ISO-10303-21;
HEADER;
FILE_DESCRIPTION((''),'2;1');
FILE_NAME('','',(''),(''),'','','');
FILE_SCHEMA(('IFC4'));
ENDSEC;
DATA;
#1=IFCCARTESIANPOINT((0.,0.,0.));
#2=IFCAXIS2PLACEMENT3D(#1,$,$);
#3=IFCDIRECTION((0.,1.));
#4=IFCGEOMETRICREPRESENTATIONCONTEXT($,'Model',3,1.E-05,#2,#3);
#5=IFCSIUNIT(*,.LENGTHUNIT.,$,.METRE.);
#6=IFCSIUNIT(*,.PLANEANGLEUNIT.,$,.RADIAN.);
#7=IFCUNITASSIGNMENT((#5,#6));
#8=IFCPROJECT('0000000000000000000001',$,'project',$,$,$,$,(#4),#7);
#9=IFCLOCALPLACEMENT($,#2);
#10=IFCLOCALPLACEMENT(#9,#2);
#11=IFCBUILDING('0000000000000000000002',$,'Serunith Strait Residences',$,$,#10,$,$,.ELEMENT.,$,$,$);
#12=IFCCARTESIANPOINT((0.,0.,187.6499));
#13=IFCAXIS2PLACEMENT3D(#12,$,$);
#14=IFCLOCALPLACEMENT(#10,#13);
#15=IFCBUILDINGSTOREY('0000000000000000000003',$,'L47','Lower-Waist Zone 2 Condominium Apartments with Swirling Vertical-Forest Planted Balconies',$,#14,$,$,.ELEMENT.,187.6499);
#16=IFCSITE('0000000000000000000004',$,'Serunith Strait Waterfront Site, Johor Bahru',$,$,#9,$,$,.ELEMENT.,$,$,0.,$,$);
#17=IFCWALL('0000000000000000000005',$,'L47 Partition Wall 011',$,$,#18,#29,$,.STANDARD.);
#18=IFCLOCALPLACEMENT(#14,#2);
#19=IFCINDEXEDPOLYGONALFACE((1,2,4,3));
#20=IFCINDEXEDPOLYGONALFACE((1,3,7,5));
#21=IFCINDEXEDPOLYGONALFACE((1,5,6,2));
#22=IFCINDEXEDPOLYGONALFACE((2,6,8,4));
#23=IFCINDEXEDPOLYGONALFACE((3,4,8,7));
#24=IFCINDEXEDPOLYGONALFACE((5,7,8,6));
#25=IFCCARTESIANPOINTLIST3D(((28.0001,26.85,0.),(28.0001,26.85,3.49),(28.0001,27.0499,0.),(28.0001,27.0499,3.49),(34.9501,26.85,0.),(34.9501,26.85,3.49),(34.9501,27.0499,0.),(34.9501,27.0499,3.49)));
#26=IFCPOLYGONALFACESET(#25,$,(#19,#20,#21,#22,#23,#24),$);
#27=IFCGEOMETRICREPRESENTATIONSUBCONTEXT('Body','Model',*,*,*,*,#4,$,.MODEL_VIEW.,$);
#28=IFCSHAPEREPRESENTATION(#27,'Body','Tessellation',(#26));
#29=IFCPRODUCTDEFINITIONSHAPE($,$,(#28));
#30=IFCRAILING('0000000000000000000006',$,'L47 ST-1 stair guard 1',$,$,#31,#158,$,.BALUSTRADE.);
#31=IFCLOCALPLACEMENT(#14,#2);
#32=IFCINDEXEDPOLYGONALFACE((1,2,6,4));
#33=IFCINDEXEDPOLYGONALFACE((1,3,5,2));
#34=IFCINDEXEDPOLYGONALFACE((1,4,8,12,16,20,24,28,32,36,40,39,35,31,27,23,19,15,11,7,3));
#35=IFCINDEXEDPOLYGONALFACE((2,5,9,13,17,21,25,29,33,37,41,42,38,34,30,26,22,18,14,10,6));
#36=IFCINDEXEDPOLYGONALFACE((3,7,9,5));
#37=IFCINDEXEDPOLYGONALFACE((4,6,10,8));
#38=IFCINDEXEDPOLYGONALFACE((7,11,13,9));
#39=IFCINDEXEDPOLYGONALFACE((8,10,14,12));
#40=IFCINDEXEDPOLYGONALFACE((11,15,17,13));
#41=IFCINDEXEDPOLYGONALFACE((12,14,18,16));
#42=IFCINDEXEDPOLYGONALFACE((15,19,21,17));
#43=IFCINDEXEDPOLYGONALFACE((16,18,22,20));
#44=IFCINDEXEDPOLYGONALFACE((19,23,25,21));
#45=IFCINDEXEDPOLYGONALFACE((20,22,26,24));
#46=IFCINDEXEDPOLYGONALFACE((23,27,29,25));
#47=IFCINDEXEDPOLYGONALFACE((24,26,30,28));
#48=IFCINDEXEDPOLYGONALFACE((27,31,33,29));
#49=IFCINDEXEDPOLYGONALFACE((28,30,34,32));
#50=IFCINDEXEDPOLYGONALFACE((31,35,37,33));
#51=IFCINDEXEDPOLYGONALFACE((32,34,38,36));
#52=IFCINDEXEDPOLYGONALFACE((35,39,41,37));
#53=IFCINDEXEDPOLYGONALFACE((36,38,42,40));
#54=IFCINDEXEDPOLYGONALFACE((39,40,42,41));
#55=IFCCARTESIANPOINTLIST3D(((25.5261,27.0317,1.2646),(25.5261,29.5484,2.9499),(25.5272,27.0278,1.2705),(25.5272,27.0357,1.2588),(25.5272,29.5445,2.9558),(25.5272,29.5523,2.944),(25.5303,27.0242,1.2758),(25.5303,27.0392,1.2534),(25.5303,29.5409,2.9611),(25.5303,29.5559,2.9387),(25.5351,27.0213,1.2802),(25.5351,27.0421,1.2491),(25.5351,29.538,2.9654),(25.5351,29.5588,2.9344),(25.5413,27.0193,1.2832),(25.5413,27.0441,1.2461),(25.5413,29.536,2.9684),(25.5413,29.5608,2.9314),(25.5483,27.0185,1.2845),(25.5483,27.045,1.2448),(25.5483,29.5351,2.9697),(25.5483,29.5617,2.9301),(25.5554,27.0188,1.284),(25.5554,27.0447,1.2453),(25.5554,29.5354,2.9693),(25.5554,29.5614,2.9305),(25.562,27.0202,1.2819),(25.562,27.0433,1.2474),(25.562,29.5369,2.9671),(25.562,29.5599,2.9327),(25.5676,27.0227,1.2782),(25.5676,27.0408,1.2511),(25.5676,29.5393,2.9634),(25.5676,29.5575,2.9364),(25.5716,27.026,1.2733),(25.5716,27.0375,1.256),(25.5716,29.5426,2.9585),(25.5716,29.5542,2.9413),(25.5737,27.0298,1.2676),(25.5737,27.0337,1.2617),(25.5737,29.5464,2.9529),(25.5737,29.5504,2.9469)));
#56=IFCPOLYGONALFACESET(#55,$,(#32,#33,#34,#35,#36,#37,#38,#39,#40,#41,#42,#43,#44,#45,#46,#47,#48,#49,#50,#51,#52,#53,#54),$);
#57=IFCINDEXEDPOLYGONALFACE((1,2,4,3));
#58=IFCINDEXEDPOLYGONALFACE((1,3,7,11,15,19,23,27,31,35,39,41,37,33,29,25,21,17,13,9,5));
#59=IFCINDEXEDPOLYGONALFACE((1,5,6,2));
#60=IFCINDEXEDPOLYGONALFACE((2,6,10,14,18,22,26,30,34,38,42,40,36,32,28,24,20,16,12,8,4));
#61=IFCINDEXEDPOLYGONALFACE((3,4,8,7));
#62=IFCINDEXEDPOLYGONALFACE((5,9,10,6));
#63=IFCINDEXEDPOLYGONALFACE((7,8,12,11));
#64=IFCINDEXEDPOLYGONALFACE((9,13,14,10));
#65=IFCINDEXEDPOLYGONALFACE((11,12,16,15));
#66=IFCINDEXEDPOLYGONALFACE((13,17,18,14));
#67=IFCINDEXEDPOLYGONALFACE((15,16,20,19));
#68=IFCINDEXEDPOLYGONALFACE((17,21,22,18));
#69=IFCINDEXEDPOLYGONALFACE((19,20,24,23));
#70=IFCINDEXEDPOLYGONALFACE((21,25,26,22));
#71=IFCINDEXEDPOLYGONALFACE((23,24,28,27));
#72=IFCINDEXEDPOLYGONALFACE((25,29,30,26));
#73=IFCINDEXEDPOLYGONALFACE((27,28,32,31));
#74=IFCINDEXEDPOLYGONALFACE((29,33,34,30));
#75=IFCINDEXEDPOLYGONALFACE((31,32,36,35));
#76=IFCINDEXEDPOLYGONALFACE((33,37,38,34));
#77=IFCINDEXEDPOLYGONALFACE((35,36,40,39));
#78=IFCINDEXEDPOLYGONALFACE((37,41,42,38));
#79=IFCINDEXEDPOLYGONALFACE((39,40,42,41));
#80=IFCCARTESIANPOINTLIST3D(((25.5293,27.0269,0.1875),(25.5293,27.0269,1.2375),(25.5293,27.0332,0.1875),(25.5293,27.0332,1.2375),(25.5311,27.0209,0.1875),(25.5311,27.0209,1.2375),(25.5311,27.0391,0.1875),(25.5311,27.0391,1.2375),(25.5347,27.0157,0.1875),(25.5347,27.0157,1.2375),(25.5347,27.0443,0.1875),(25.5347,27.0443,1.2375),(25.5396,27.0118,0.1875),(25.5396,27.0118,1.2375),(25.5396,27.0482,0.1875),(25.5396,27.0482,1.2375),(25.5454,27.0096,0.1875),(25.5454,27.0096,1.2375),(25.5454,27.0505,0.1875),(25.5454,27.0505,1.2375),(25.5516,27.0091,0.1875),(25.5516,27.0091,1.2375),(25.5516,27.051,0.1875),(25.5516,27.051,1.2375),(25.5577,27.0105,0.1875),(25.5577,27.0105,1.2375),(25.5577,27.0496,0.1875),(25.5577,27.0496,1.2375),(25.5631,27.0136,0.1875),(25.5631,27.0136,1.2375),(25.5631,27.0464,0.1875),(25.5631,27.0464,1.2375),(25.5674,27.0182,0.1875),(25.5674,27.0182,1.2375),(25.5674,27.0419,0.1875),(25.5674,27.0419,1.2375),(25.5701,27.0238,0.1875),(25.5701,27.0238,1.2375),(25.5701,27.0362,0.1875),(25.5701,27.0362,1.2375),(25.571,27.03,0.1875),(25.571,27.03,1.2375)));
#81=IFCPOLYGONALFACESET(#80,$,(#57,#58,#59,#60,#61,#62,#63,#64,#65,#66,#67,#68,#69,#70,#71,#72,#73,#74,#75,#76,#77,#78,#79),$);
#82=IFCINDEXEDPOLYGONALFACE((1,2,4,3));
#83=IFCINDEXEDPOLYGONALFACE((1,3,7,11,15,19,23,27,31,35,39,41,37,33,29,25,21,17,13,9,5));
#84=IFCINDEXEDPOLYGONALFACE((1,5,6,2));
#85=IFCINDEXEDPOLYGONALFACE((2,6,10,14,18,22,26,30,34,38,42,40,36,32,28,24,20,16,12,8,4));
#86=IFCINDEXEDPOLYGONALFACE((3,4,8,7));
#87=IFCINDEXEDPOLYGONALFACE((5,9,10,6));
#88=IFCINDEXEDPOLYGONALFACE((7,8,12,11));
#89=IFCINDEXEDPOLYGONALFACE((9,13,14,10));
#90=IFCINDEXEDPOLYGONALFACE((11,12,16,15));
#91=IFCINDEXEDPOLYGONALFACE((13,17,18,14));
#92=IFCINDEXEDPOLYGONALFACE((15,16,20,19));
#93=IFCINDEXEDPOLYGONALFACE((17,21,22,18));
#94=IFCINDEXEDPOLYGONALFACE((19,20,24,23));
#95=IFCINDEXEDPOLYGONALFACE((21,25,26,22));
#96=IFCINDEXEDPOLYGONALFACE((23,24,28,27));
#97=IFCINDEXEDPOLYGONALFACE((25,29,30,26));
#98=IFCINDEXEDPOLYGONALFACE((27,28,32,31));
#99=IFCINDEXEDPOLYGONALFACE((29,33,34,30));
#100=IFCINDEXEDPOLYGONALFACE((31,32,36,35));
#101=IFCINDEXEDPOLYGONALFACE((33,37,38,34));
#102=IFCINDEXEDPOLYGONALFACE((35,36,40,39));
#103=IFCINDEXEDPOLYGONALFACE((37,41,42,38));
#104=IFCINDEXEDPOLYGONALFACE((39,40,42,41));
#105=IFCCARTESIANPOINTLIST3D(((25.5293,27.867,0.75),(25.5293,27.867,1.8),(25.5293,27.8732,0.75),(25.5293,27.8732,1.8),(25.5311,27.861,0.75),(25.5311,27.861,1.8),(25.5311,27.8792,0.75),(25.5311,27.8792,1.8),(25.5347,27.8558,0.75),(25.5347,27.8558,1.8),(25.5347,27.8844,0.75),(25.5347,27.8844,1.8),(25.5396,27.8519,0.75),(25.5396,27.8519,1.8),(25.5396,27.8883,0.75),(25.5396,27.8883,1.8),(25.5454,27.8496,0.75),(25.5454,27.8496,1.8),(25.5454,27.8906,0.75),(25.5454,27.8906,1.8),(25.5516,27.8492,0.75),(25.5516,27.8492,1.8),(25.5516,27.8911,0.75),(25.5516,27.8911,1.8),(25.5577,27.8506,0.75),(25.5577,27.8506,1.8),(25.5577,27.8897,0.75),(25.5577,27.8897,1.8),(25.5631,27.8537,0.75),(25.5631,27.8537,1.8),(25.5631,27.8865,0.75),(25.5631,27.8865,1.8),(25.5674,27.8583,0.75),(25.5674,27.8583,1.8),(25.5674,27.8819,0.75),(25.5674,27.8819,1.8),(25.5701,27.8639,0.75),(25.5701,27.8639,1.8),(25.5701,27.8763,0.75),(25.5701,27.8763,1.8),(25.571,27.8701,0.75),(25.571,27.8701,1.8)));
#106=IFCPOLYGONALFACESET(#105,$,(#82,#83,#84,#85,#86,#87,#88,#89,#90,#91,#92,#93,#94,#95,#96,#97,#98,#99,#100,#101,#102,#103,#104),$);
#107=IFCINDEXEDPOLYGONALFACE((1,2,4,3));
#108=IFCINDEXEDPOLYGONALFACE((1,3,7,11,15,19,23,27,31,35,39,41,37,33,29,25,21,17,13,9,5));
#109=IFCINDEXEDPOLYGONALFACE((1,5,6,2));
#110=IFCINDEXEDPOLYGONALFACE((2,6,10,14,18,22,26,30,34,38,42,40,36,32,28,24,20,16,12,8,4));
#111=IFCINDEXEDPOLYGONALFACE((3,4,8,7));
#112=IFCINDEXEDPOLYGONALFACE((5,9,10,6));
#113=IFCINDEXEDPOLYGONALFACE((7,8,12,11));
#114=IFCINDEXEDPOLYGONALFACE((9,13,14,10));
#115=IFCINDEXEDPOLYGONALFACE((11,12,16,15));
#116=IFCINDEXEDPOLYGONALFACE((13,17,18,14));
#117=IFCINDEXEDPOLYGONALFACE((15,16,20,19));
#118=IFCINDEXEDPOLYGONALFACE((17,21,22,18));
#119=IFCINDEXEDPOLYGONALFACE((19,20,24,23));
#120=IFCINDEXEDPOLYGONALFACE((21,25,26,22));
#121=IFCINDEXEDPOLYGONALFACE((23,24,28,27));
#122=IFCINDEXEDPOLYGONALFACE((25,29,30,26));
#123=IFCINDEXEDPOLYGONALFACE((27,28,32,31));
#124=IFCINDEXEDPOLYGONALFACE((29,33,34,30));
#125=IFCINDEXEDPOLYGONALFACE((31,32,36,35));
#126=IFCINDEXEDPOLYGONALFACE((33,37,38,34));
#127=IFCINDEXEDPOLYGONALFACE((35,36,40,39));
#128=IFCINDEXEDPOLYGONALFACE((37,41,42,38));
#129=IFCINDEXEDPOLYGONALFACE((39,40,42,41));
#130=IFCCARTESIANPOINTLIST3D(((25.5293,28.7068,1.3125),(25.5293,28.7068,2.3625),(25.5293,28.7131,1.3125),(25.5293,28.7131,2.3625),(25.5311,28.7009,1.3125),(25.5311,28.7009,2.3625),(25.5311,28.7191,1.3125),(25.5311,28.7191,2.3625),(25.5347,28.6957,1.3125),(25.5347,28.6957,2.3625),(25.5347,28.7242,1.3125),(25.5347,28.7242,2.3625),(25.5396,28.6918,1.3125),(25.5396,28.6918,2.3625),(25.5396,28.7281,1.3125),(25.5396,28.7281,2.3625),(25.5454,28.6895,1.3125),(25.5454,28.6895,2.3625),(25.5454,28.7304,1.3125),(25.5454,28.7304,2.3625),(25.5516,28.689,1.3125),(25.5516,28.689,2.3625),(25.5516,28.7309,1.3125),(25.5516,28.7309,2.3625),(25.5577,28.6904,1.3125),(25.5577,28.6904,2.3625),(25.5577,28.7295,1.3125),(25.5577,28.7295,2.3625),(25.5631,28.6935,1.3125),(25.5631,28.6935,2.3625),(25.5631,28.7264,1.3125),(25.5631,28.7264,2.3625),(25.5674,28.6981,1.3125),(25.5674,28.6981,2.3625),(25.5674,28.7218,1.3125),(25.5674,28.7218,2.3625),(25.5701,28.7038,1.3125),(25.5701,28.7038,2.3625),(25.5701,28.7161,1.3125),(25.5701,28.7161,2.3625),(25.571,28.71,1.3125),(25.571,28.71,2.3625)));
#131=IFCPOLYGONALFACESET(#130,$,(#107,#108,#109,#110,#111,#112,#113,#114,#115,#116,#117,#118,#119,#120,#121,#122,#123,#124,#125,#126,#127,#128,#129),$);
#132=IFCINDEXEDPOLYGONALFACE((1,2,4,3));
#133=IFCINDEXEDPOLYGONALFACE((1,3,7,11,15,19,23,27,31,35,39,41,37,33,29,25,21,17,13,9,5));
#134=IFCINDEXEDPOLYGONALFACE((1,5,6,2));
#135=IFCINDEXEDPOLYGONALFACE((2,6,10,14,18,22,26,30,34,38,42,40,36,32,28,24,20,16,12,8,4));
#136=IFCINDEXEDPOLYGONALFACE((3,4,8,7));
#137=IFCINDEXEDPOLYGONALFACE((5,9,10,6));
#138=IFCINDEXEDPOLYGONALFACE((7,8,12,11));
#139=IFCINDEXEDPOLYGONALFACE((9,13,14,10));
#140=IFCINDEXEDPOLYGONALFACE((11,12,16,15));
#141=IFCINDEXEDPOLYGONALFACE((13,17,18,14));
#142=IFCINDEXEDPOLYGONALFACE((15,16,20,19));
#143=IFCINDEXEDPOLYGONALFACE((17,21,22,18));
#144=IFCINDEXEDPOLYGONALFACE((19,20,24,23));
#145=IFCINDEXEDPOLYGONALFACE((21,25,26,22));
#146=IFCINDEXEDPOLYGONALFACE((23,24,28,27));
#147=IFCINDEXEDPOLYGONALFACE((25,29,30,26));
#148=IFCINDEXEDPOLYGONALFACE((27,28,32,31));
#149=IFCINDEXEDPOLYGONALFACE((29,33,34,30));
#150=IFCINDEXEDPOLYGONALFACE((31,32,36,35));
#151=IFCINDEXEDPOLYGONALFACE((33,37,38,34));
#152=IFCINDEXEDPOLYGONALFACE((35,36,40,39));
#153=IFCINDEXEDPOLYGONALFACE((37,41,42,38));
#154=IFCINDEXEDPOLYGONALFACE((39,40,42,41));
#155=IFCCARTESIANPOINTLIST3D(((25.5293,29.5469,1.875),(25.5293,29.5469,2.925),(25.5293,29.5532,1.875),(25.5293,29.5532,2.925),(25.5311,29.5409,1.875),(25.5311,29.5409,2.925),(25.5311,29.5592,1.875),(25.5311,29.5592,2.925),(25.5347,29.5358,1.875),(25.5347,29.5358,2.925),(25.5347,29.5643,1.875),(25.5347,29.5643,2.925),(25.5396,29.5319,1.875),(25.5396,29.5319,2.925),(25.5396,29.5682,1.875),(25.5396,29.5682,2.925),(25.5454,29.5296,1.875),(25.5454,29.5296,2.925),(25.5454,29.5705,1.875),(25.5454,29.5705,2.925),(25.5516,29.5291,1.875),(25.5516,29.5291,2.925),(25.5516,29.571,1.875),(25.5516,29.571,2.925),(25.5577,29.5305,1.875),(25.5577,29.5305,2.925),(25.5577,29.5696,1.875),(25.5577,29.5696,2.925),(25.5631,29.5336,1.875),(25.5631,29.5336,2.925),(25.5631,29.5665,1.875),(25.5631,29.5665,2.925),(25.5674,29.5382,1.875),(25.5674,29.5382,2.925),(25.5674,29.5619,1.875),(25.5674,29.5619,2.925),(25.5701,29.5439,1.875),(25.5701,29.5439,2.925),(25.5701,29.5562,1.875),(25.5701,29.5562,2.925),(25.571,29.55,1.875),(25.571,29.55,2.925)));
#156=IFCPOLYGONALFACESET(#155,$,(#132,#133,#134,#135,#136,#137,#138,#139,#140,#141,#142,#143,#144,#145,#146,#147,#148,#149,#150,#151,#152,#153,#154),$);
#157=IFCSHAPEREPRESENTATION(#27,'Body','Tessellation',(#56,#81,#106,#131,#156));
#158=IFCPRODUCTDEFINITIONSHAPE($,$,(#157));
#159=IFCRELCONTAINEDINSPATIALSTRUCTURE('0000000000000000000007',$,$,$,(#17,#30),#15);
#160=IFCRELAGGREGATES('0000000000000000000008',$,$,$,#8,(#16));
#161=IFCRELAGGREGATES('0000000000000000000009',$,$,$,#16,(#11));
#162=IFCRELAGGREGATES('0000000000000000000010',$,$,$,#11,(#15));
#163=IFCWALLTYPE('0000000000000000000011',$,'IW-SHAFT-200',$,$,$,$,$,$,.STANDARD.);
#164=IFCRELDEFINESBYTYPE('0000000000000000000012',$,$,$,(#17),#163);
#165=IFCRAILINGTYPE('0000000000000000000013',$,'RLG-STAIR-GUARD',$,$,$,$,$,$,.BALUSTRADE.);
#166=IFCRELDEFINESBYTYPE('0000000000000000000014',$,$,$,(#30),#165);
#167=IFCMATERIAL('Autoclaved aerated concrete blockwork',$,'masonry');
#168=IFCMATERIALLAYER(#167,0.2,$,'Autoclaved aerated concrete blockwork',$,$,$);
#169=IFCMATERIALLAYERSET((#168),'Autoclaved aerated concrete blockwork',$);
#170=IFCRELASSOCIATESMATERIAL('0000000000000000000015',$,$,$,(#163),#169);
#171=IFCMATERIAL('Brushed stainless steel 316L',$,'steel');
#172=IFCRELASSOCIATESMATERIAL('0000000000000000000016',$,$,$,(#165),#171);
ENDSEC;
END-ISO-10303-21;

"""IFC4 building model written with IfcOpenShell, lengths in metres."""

from ifc_helpers import new_model, si_unit, direction, frame, frame_2d, origin, origin_2d, place, context, subcontext, project, spatial, rectangle, circle, extrude, material, layer, layer_set, type_object, element, save


model = new_model("IFC4")

# Units and contexts
model_context = context("Model", 3, precision=1e-05, world=origin(), true_north=direction((0.0, 1.0)))
body_context = subcontext(model_context, "Body", "Model", "MODEL_VIEW")
ifc_project = project(units=[si_unit("LENGTHUNIT", "METRE"), si_unit("PLANEANGLEUNIT", "RADIAN")], contexts=[model_context])

# Site, building, storey
site_placement = place(None, origin())
site = spatial("IfcSite", under=ifc_project, at=site_placement, Name="Serunith Strait Waterfront Site, Johor Bahru", CompositionType="ELEMENT", RefElevation=0.0)
building_placement = place(site_placement, origin())
building = spatial("IfcBuilding", under=site, at=building_placement, Name="Serunith Strait Residences", CompositionType="ELEMENT")
storey_placement = place(building_placement, frame((0.0, 0.0, 187.6499)))
storey = spatial("IfcBuildingStorey", under=building, at=storey_placement, Name="L47", Description="Lower-Waist Zone 2 Condominium Apartments with Swirling Vertical-Forest Planted Balconies", CompositionType="ELEMENT", Elevation=187.6499)

# Shared definitions
ifc_material_1 = material(Name="Autoclaved aerated concrete blockwork", Category="masonry")
ifc_layer = layer(ifc_material_1, 0.2, Name="Autoclaved aerated concrete blockwork")
ifc_layer_set = layer_set([ifc_layer], Name="Autoclaved aerated concrete blockwork")
wall_type = type_object("IfcWallType", Name="IW-SHAFT-200", PredefinedType="STANDARD", material=ifc_layer_set)

# Wall
wall_1_placement = place(storey_placement, frame((28.0, 26.95, 0.0), z_axis=(0.0, 0.0, 1.0), x_axis=(1.0, 0.0, 0.0)))
element("IfcWall", 1, at=wall_1_placement, inside=storey, type_object=wall_type, Name="L47 Partition Wall 011", PredefinedType="STANDARD", context=body_context, shape_type="SweptSolid", body=[
    extrude(rectangle(XDim=6.95, YDim=0.2, at=frame_2d((3.4751, 0.0))), origin(), (0.0, 0.0, 1.0), 3.49),
])

# Railing
ifc_material_2 = material(Name="Brushed stainless steel 316L", Category="steel")
railing_type_1 = type_object("IfcRailingType", Name="RLG-STAIR-GUARD", PredefinedType="BALUSTRADE", material=ifc_material_2)
railing_1_placement = place(storey_placement, frame((25.55, 27.03, 0.1875)))
element("IfcRailing", 2, at=railing_1_placement, inside=storey, type_object=railing_type_1, Name="L47 ST-1 stair guard 1", PredefinedType="BALUSTRADE", context=body_context, shape_type="SweptSolid", body=[
    extrude(circle(Radius=0.0239, at=origin_2d()), frame((0.0, 0.0017, 1.0771), z_axis=(0.0, 0.830909, 0.556408), x_axis=(-1.0, 0.0, 0.0)), (0.0, 0.0, 1.0), 3.0288),
    extrude(circle(Radius=0.021, at=origin_2d()), origin(), (0.0, 0.0, 1.0), 1.05),
    extrude(circle(Radius=0.021, at=origin_2d()), frame((0.0, 0.8401, 0.5625)), (0.0, 0.0, 1.0), 1.05),
    extrude(circle(Radius=0.021, at=origin_2d()), frame((0.0, 1.6799, 1.125)), (0.0, 0.0, 1.0), 1.05),
    extrude(circle(Radius=0.021, at=origin_2d()), frame((0.0, 2.52, 1.6875)), (0.0, 0.0, 1.0), 1.05),
])

save(model, "model.ifc")
